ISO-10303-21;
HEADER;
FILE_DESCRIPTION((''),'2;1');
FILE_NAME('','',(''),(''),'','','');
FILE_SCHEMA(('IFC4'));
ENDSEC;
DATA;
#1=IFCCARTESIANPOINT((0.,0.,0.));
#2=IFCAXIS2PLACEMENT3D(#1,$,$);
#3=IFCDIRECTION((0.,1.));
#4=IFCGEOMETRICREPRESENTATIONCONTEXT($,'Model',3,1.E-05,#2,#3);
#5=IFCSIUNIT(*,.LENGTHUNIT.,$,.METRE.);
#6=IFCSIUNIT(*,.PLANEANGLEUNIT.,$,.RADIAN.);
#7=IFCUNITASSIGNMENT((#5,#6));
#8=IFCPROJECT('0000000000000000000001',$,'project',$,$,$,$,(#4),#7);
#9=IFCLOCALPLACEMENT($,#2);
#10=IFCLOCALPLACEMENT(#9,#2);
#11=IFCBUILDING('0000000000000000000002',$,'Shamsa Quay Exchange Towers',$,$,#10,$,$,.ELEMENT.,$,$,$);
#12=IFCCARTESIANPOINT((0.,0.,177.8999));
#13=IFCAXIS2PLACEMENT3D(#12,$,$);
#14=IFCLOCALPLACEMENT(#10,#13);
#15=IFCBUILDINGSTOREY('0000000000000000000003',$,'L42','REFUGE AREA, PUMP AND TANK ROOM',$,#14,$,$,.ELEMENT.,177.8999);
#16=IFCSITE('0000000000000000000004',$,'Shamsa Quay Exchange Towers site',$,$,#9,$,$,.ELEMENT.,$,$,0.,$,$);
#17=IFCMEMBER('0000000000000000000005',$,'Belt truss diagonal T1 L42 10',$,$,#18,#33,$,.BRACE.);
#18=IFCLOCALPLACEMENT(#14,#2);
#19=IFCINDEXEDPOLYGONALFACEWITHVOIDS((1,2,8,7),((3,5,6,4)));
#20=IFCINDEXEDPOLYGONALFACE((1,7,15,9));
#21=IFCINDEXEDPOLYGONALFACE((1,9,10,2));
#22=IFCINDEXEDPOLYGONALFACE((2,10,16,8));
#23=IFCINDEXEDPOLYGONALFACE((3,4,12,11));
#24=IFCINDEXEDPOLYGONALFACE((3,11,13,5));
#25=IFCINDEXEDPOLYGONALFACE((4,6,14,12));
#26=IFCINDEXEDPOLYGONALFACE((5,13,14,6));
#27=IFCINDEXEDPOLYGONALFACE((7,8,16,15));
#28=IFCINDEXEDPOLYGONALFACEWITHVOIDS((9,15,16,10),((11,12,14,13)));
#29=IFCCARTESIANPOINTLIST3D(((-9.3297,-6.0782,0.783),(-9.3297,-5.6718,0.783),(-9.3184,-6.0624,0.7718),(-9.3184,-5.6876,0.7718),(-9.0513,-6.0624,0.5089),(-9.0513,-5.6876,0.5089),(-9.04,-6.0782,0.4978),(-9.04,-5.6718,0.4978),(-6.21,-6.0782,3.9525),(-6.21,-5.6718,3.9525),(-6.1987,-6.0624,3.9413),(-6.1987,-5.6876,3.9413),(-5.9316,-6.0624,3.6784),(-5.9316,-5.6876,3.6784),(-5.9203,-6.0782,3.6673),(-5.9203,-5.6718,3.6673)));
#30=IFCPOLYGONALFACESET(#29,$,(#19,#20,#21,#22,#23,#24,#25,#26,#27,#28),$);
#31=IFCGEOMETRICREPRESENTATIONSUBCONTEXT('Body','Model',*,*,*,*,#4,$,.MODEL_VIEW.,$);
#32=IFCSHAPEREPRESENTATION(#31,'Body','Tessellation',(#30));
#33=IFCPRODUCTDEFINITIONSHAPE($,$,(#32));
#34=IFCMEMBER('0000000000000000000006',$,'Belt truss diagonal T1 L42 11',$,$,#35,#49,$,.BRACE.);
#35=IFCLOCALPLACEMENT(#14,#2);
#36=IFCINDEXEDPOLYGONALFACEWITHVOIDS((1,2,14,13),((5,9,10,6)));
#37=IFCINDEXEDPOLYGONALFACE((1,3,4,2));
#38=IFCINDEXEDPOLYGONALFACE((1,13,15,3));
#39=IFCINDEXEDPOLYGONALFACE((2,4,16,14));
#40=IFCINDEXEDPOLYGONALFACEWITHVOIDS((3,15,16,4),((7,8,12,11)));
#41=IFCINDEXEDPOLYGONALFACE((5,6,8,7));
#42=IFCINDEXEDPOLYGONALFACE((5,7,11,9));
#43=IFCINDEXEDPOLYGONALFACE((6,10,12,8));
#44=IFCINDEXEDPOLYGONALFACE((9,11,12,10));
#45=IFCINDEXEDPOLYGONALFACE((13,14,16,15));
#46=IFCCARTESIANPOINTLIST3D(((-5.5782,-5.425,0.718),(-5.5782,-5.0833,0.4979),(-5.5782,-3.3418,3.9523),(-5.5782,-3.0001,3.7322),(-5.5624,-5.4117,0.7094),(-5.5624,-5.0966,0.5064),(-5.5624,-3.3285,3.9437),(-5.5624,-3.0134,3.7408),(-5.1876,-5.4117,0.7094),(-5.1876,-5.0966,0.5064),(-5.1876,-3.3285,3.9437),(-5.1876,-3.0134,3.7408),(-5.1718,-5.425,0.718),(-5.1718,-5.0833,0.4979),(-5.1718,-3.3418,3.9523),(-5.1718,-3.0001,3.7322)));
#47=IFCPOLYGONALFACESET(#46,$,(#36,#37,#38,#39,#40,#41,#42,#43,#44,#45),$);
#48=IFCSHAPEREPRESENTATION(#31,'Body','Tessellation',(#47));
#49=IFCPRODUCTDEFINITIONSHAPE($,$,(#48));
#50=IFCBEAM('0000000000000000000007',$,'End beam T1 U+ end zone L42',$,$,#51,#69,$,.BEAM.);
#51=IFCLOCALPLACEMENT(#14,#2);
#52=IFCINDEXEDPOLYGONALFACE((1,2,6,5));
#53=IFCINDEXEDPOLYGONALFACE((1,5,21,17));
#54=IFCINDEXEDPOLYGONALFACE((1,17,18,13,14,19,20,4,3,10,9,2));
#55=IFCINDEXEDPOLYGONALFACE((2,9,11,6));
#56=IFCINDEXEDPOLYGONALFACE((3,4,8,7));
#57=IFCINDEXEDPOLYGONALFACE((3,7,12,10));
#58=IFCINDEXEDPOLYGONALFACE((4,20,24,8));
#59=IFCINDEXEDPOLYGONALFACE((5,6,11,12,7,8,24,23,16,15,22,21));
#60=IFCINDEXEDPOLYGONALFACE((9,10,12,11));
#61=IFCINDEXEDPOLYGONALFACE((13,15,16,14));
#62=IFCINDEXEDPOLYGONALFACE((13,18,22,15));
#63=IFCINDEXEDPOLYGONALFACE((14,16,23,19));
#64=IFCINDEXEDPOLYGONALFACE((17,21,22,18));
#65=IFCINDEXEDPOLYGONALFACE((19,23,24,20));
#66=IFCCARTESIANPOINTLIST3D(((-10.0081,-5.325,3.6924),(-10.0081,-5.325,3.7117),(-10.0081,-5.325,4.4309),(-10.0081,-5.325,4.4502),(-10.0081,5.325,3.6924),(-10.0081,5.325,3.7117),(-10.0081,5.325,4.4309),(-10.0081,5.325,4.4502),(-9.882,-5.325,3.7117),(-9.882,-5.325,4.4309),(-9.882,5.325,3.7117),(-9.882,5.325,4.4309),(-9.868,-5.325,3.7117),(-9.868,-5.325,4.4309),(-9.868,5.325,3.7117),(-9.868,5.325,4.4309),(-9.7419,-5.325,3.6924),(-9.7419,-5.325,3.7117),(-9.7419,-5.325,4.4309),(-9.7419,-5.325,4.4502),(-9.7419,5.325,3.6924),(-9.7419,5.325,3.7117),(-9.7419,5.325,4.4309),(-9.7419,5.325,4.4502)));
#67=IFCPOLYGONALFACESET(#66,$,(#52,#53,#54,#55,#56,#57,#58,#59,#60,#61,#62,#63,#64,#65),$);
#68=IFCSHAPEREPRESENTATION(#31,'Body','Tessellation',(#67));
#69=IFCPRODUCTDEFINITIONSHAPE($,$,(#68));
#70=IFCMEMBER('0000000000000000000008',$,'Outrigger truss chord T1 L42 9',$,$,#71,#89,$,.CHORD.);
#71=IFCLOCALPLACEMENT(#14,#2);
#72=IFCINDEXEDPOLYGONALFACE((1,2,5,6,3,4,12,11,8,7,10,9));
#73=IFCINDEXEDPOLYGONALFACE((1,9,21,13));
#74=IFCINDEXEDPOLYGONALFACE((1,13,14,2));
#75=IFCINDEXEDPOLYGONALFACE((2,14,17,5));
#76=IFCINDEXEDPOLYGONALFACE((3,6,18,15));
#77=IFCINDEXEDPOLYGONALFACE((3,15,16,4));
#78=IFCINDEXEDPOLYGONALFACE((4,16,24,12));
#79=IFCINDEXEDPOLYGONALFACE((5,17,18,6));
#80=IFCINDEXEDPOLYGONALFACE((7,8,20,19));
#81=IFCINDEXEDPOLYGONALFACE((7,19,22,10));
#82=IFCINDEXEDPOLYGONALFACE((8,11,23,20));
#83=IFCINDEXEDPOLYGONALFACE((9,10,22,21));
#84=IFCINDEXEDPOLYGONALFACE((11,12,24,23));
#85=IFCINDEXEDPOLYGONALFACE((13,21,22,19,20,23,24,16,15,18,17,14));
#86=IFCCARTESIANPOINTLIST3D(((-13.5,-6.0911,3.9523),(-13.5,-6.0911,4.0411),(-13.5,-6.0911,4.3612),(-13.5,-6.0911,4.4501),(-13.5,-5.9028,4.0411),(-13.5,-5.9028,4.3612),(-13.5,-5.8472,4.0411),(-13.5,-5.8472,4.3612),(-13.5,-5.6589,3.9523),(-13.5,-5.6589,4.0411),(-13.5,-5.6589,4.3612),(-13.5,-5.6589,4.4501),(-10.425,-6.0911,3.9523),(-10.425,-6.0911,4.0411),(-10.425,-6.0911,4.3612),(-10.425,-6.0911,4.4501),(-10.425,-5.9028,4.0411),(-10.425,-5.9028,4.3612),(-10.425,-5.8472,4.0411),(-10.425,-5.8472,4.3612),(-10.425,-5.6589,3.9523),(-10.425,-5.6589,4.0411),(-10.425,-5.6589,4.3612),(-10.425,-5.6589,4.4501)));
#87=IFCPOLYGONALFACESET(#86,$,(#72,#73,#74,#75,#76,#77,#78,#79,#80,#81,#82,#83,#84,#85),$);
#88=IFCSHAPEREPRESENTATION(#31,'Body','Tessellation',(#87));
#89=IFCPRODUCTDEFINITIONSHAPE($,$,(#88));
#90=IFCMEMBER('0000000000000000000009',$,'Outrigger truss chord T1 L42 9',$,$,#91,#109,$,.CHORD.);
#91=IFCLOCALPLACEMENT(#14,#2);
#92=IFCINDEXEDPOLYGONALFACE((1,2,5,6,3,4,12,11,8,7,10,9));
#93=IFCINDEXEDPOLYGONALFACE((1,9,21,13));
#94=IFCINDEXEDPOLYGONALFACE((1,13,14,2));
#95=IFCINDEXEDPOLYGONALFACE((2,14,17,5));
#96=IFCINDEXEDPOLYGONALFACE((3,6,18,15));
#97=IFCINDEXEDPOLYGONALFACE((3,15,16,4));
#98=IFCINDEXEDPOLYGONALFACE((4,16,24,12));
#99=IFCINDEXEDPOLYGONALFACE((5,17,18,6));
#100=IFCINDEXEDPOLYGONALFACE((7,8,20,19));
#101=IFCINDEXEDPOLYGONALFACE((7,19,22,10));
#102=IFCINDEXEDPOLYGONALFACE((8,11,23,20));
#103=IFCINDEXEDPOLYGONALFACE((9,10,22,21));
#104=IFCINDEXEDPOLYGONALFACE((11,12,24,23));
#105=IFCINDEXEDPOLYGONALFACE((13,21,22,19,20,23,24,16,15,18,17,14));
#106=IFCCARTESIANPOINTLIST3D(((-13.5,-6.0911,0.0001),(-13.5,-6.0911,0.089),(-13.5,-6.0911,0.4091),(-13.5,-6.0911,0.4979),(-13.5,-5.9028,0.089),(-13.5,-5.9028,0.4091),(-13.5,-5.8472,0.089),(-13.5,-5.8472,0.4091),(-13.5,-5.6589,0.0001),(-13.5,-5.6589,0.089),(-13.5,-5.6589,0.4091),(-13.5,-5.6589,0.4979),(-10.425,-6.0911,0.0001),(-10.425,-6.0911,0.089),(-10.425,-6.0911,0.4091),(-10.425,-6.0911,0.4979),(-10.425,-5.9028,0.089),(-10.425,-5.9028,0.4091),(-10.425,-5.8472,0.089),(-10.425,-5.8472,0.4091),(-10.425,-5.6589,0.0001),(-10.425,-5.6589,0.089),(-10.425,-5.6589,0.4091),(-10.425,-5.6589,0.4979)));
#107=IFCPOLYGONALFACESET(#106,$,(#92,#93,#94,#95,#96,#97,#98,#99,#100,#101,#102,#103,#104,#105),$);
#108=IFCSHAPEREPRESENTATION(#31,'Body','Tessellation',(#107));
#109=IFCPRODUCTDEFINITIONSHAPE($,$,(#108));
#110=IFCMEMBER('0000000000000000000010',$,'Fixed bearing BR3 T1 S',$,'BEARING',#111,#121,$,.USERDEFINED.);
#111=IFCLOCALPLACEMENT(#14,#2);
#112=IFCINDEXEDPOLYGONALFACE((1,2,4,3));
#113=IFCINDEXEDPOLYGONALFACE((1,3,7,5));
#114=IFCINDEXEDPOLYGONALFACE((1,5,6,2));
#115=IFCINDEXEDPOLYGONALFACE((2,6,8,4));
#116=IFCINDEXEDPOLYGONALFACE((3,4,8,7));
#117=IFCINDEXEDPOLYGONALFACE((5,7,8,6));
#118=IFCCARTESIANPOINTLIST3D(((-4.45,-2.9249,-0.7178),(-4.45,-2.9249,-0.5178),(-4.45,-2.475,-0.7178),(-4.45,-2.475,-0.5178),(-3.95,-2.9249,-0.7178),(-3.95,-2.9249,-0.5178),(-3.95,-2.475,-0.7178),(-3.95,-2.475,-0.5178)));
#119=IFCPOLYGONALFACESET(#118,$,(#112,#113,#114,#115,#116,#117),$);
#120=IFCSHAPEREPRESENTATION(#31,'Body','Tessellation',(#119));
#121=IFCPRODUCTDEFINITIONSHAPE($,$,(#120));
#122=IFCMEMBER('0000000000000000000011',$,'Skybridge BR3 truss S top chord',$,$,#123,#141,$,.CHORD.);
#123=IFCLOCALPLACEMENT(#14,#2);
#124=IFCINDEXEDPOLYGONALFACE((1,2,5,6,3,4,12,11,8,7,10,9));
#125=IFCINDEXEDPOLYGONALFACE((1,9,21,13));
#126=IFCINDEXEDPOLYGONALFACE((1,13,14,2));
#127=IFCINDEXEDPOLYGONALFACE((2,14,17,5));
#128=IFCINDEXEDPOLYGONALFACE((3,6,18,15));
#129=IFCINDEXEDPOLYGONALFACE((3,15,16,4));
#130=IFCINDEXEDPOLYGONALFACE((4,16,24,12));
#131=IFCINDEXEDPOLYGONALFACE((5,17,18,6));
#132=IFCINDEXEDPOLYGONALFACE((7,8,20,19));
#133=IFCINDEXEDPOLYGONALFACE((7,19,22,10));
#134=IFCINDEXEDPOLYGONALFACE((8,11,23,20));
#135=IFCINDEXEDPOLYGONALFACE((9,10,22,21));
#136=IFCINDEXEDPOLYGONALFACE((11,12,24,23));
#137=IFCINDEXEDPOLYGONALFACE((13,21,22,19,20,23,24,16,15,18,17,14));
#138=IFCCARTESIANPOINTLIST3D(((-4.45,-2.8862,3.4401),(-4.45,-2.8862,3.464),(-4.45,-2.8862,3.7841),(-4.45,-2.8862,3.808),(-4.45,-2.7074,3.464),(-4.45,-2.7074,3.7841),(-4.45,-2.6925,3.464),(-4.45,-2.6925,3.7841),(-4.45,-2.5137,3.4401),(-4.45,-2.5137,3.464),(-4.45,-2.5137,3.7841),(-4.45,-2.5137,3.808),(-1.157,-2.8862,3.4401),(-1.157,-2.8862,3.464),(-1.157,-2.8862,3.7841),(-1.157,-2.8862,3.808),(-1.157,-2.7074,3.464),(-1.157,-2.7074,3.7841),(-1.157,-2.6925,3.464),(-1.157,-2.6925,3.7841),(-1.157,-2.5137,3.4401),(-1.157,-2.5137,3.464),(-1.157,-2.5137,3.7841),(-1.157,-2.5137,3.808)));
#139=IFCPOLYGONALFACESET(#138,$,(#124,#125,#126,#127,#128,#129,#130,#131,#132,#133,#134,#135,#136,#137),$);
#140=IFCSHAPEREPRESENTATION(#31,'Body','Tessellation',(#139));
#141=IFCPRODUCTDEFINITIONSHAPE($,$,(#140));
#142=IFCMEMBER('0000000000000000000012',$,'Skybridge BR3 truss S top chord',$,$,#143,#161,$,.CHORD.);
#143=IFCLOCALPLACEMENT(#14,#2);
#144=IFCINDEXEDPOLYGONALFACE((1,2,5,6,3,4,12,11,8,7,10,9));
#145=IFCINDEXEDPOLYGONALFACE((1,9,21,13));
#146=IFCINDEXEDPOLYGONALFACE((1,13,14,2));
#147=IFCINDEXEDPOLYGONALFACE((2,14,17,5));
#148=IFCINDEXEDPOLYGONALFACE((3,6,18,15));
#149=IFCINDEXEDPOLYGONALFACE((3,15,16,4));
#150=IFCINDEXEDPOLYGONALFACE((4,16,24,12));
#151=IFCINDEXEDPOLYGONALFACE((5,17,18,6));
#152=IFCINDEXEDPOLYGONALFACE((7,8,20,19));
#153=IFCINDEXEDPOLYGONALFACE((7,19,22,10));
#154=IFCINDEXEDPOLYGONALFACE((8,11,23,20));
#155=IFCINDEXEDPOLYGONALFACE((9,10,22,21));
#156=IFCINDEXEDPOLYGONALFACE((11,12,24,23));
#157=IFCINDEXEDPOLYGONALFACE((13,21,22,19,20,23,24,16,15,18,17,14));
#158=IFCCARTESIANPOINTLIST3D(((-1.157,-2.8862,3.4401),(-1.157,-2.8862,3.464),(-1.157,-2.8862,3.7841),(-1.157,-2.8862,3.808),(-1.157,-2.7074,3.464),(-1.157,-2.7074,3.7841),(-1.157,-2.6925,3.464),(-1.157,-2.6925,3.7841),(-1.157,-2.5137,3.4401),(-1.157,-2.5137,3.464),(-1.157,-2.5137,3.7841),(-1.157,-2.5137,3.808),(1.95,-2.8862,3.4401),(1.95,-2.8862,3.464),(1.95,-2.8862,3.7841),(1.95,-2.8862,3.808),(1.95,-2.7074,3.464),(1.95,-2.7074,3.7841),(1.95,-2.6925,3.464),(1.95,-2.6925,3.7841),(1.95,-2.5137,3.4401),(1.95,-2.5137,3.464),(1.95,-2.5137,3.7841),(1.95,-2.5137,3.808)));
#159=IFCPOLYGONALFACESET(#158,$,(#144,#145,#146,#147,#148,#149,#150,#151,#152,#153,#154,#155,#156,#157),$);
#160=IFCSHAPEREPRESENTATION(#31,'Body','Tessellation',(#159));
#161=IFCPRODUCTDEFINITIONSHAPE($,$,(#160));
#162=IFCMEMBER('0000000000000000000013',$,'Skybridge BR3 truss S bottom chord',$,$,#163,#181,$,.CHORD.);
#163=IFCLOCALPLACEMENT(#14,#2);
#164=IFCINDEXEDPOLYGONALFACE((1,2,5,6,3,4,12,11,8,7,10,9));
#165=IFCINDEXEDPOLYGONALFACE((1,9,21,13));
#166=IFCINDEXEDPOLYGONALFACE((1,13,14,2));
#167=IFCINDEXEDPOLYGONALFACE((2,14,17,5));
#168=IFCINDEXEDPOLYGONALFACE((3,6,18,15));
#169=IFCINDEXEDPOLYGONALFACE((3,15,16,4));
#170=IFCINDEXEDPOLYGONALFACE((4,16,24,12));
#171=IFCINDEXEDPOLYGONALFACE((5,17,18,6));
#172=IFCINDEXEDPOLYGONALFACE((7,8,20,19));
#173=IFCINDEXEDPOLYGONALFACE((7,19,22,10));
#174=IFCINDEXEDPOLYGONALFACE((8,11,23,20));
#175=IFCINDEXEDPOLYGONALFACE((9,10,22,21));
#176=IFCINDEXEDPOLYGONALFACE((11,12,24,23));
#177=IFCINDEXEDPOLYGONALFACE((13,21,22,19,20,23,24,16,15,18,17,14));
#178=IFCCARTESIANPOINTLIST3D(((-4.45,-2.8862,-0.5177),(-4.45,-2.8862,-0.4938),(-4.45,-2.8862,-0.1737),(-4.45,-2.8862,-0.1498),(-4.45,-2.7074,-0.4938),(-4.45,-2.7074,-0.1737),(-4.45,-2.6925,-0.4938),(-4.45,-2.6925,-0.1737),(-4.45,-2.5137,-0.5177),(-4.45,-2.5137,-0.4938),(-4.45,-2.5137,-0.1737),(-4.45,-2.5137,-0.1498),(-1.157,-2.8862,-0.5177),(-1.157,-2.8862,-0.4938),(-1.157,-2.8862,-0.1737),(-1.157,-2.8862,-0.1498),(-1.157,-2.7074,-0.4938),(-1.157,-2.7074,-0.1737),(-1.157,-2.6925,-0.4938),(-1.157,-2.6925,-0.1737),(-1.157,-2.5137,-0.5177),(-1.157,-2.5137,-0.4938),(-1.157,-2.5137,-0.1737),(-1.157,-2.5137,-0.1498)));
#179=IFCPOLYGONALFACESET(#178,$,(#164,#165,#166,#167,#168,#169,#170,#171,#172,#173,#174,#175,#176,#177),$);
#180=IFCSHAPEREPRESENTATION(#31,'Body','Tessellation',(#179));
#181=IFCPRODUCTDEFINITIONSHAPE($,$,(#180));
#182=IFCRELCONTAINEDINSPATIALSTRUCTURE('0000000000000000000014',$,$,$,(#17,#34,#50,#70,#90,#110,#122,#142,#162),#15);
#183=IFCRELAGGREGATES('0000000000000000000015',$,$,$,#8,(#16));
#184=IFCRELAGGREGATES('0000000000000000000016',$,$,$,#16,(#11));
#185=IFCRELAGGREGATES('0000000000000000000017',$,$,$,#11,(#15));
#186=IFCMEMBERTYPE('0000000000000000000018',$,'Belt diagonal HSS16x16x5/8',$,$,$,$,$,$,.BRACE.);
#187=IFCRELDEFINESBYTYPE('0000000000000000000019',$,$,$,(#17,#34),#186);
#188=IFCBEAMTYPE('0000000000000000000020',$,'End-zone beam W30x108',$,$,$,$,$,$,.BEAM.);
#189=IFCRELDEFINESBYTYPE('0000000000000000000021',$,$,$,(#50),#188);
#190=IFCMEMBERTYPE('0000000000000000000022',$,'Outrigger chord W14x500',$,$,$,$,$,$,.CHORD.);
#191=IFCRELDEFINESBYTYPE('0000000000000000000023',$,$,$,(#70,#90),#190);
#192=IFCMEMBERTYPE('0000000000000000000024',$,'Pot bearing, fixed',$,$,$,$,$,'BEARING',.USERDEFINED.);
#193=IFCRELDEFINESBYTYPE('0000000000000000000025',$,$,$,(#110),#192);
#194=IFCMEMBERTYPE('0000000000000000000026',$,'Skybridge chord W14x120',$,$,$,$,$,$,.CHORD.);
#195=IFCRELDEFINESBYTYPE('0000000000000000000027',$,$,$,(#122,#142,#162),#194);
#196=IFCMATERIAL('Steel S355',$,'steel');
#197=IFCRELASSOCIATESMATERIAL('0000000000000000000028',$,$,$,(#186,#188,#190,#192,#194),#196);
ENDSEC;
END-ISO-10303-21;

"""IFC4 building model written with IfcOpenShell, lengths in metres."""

from ifc_helpers import new_model, si_unit, direction, frame, origin, origin_2d, place, context, subcontext, project, spatial, rectangle, hollow_rectangle, i_section, extrude, material, material_profile, profile_set, type_object, element, save


model = new_model("IFC4")

# Units and contexts
model_context = context("Model", 3, precision=1e-05, world=origin(), true_north=direction((0.0, 1.0)))
body_context = subcontext(model_context, "Body", "Model", "MODEL_VIEW")
ifc_project = project(units=[si_unit("LENGTHUNIT", "METRE"), si_unit("PLANEANGLEUNIT", "RADIAN")], contexts=[model_context])

# Site, building, storey
site_placement = place(None, origin())
site = spatial("IfcSite", under=ifc_project, at=site_placement, Name="Shamsa Quay Exchange Towers site", CompositionType="ELEMENT", RefElevation=0.0)
building_placement = place(site_placement, origin())
building = spatial("IfcBuilding", under=site, at=building_placement, Name="Shamsa Quay Exchange Towers", CompositionType="ELEMENT")
storey_placement = place(building_placement, frame((0.0, 0.0, 177.8999)))
storey = spatial("IfcBuildingStorey", under=building, at=storey_placement, Name="L42", Description="REFUGE AREA, PUMP AND TANK ROOM", CompositionType="ELEMENT", Elevation=177.8999)

# Members
ifc_material_1 = material(Name="Steel S355", Category="steel")
ifc_material_profile_1 = material_profile(ifc_material_1, hollow_rectangle(XDim=0.4065, YDim=0.4065, WallThickness=0.0159, at=origin_2d()), Name="HSS16x16x5/8")
ifc_profile_set_1 = profile_set([ifc_material_profile_1], Name="Steel S355")
member_type_1 = type_object("IfcMemberType", Name="Belt diagonal HSS16x16x5/8", PredefinedType="BRACE", material=ifc_profile_set_1)
member_1_placement = place(storey_placement, frame((-9.1848, -5.875, 0.6404), z_axis=(0.701485, 0.0, 0.712684), x_axis=(0.0, 1.0, 0.0)))
element("IfcMember", 1, at=member_1_placement, inside=storey, type_object=member_type_1, Name="Belt truss diagonal T1 L42 10", PredefinedType="BRACE", context=body_context, shape_type="SweptSolid", body=[
    extrude(hollow_rectangle(XDim=0.4065, YDim=0.4065, WallThickness=0.0159, at=origin_2d()), origin(), (0.0, 0.0, 1.0), 4.4473),
])
member_2_placement = place(storey_placement, frame((-5.375, -5.2542, 0.6079), z_axis=(0.0, 0.541495, 0.840704), x_axis=(-1.0, 0.0, 0.0)))
element("IfcMember", 2, at=member_2_placement, inside=storey, type_object=member_type_1, Name="Belt truss diagonal T1 L42 11", PredefinedType="BRACE", context=body_context, shape_type="SweptSolid", body=[
    extrude(hollow_rectangle(XDim=0.4065, YDim=0.4065, WallThickness=0.0159, at=origin_2d()), origin(), (0.0, 0.0, 1.0), 3.8472),
])

# Beam
ifc_material_profile_2 = material_profile(ifc_material_1, i_section(OverallWidth=0.2661, OverallDepth=0.7578, WebThickness=0.0139, FlangeThickness=0.0193, at=origin_2d()), Name="W30x108")
ifc_profile_set_2 = profile_set([ifc_material_profile_2], Name="Steel S355")
beam_type_1 = type_object("IfcBeamType", Name="End-zone beam W30x108", PredefinedType="BEAM", material=ifc_profile_set_2)
beam_placement = place(storey_placement, frame((-9.875, -5.325, 4.0713), z_axis=(0.0, 1.0, 0.0), x_axis=(-1.0, 0.0, 0.0)))
element("IfcBeam", 3, at=beam_placement, inside=storey, type_object=beam_type_1, Name="End beam T1 U+ end zone L42", PredefinedType="BEAM", context=body_context, shape_type="SweptSolid", body=[
    extrude(i_section(OverallWidth=0.2661, OverallDepth=0.7578, WebThickness=0.0139, FlangeThickness=0.0193, at=origin_2d()), origin(), (0.0, 0.0, 1.0), 10.6499),
])

# Members
ifc_material_profile_3 = material_profile(ifc_material_1, i_section(OverallWidth=0.4321, OverallDepth=0.4978, WebThickness=0.0557, FlangeThickness=0.0889, at=origin_2d()), Name="W14x500")
ifc_profile_set_3 = profile_set([ifc_material_profile_3], Name="Steel S355")
member_type_2 = type_object("IfcMemberType", Name="Outrigger chord W14x500", PredefinedType="CHORD", material=ifc_profile_set_3)
for number, where, z_axis, x_axis, name in (
    (4, (-10.425, -5.875, 4.2012), (-1.0, 0.0, 0.0), (0.0, -1.0, 0.0), "Outrigger truss chord T1 L42 9"),
    (5, (-10.425, -5.875, 0.249), (-1.0, 0.0, 0.0), (0.0, -1.0, 0.0), "Outrigger truss chord T1 L42 9"),
):
    element("IfcMember", number, at=place(storey_placement, frame(where, z_axis=z_axis, x_axis=x_axis)), inside=storey, type_object=member_type_2, Name=name, PredefinedType="CHORD", context=body_context, shape_type="SweptSolid", body=[
        extrude(i_section(OverallWidth=0.4321, OverallDepth=0.4978, WebThickness=0.0557, FlangeThickness=0.0889, at=origin_2d()), origin(), (0.0, 0.0, 1.0), 3.075),
    ])
ifc_material_profile_4 = material_profile(ifc_material_1, rectangle(XDim=0.5, YDim=0.2, at=origin_2d()), Name="500x200")
ifc_profile_set_4 = profile_set([ifc_material_profile_4], Name="Steel S355")
member_type_3 = type_object("IfcMemberType", Name="Pot bearing, fixed", ElementType="BEARING", PredefinedType="USERDEFINED", material=ifc_profile_set_4)
member_3_placement = place(storey_placement, frame((-4.2, -2.7, -0.7178)))
element("IfcMember", 6, at=member_3_placement, inside=storey, type_object=member_type_3, Name="Fixed bearing BR3 T1 S", ObjectType="BEARING", PredefinedType="USERDEFINED", context=body_context, shape_type="SweptSolid", body=[
    extrude(rectangle(XDim=0.5, YDim=0.45, at=origin_2d()), origin(), (0.0, 0.0, 1.0), 0.2),
])
ifc_material_profile_5 = material_profile(ifc_material_1, i_section(OverallWidth=0.3726, OverallDepth=0.3679, WebThickness=0.0149, FlangeThickness=0.0239, at=origin_2d()), Name="W14x120")
ifc_profile_set_5 = profile_set([ifc_material_profile_5], Name="Steel S355")
member_type_4 = type_object("IfcMemberType", Name="Skybridge chord W14x120", PredefinedType="CHORD", material=ifc_profile_set_5)
member_4_placement = place(storey_placement, frame((-4.45, -2.7, 3.624), z_axis=(1.0, 0.0, 0.0), x_axis=(0.0, 1.0, 0.0)))
element("IfcMember", 7, at=member_4_placement, inside=storey, type_object=member_type_4, Name="Skybridge BR3 truss S top chord", PredefinedType="CHORD", context=body_context, shape_type="SweptSolid", body=[
    extrude(i_section(OverallWidth=0.3726, OverallDepth=0.3679, WebThickness=0.0149, FlangeThickness=0.0239, at=origin_2d()), origin(), (0.0, 0.0, 1.0), 3.293),
])
member_5_placement = place(storey_placement, frame((-1.157, -2.7, 3.624), z_axis=(1.0, 0.0, 0.0), x_axis=(0.0, 1.0, 0.0)))
element("IfcMember", 8, at=member_5_placement, inside=storey, type_object=member_type_4, Name="Skybridge BR3 truss S top chord", PredefinedType="CHORD", context=body_context, shape_type="SweptSolid", body=[
    extrude(i_section(OverallWidth=0.3726, OverallDepth=0.3679, WebThickness=0.0149, FlangeThickness=0.0239, at=origin_2d()), origin(), (0.0, 0.0, 1.0), 3.1069),
])
member_6_placement = place(storey_placement, frame((-4.45, -2.7, -0.3337), z_axis=(1.0, 0.0, 0.0), x_axis=(0.0, 1.0, 0.0)))
element("IfcMember", 9, at=member_6_placement, inside=storey, type_object=member_type_4, Name="Skybridge BR3 truss S bottom chord", PredefinedType="CHORD", context=body_context, shape_type="SweptSolid", body=[
    extrude(i_section(OverallWidth=0.3726, OverallDepth=0.3679, WebThickness=0.0149, FlangeThickness=0.0239, at=origin_2d()), origin(), (0.0, 0.0, 1.0), 3.293),
])

save(model, "model.ifc")
